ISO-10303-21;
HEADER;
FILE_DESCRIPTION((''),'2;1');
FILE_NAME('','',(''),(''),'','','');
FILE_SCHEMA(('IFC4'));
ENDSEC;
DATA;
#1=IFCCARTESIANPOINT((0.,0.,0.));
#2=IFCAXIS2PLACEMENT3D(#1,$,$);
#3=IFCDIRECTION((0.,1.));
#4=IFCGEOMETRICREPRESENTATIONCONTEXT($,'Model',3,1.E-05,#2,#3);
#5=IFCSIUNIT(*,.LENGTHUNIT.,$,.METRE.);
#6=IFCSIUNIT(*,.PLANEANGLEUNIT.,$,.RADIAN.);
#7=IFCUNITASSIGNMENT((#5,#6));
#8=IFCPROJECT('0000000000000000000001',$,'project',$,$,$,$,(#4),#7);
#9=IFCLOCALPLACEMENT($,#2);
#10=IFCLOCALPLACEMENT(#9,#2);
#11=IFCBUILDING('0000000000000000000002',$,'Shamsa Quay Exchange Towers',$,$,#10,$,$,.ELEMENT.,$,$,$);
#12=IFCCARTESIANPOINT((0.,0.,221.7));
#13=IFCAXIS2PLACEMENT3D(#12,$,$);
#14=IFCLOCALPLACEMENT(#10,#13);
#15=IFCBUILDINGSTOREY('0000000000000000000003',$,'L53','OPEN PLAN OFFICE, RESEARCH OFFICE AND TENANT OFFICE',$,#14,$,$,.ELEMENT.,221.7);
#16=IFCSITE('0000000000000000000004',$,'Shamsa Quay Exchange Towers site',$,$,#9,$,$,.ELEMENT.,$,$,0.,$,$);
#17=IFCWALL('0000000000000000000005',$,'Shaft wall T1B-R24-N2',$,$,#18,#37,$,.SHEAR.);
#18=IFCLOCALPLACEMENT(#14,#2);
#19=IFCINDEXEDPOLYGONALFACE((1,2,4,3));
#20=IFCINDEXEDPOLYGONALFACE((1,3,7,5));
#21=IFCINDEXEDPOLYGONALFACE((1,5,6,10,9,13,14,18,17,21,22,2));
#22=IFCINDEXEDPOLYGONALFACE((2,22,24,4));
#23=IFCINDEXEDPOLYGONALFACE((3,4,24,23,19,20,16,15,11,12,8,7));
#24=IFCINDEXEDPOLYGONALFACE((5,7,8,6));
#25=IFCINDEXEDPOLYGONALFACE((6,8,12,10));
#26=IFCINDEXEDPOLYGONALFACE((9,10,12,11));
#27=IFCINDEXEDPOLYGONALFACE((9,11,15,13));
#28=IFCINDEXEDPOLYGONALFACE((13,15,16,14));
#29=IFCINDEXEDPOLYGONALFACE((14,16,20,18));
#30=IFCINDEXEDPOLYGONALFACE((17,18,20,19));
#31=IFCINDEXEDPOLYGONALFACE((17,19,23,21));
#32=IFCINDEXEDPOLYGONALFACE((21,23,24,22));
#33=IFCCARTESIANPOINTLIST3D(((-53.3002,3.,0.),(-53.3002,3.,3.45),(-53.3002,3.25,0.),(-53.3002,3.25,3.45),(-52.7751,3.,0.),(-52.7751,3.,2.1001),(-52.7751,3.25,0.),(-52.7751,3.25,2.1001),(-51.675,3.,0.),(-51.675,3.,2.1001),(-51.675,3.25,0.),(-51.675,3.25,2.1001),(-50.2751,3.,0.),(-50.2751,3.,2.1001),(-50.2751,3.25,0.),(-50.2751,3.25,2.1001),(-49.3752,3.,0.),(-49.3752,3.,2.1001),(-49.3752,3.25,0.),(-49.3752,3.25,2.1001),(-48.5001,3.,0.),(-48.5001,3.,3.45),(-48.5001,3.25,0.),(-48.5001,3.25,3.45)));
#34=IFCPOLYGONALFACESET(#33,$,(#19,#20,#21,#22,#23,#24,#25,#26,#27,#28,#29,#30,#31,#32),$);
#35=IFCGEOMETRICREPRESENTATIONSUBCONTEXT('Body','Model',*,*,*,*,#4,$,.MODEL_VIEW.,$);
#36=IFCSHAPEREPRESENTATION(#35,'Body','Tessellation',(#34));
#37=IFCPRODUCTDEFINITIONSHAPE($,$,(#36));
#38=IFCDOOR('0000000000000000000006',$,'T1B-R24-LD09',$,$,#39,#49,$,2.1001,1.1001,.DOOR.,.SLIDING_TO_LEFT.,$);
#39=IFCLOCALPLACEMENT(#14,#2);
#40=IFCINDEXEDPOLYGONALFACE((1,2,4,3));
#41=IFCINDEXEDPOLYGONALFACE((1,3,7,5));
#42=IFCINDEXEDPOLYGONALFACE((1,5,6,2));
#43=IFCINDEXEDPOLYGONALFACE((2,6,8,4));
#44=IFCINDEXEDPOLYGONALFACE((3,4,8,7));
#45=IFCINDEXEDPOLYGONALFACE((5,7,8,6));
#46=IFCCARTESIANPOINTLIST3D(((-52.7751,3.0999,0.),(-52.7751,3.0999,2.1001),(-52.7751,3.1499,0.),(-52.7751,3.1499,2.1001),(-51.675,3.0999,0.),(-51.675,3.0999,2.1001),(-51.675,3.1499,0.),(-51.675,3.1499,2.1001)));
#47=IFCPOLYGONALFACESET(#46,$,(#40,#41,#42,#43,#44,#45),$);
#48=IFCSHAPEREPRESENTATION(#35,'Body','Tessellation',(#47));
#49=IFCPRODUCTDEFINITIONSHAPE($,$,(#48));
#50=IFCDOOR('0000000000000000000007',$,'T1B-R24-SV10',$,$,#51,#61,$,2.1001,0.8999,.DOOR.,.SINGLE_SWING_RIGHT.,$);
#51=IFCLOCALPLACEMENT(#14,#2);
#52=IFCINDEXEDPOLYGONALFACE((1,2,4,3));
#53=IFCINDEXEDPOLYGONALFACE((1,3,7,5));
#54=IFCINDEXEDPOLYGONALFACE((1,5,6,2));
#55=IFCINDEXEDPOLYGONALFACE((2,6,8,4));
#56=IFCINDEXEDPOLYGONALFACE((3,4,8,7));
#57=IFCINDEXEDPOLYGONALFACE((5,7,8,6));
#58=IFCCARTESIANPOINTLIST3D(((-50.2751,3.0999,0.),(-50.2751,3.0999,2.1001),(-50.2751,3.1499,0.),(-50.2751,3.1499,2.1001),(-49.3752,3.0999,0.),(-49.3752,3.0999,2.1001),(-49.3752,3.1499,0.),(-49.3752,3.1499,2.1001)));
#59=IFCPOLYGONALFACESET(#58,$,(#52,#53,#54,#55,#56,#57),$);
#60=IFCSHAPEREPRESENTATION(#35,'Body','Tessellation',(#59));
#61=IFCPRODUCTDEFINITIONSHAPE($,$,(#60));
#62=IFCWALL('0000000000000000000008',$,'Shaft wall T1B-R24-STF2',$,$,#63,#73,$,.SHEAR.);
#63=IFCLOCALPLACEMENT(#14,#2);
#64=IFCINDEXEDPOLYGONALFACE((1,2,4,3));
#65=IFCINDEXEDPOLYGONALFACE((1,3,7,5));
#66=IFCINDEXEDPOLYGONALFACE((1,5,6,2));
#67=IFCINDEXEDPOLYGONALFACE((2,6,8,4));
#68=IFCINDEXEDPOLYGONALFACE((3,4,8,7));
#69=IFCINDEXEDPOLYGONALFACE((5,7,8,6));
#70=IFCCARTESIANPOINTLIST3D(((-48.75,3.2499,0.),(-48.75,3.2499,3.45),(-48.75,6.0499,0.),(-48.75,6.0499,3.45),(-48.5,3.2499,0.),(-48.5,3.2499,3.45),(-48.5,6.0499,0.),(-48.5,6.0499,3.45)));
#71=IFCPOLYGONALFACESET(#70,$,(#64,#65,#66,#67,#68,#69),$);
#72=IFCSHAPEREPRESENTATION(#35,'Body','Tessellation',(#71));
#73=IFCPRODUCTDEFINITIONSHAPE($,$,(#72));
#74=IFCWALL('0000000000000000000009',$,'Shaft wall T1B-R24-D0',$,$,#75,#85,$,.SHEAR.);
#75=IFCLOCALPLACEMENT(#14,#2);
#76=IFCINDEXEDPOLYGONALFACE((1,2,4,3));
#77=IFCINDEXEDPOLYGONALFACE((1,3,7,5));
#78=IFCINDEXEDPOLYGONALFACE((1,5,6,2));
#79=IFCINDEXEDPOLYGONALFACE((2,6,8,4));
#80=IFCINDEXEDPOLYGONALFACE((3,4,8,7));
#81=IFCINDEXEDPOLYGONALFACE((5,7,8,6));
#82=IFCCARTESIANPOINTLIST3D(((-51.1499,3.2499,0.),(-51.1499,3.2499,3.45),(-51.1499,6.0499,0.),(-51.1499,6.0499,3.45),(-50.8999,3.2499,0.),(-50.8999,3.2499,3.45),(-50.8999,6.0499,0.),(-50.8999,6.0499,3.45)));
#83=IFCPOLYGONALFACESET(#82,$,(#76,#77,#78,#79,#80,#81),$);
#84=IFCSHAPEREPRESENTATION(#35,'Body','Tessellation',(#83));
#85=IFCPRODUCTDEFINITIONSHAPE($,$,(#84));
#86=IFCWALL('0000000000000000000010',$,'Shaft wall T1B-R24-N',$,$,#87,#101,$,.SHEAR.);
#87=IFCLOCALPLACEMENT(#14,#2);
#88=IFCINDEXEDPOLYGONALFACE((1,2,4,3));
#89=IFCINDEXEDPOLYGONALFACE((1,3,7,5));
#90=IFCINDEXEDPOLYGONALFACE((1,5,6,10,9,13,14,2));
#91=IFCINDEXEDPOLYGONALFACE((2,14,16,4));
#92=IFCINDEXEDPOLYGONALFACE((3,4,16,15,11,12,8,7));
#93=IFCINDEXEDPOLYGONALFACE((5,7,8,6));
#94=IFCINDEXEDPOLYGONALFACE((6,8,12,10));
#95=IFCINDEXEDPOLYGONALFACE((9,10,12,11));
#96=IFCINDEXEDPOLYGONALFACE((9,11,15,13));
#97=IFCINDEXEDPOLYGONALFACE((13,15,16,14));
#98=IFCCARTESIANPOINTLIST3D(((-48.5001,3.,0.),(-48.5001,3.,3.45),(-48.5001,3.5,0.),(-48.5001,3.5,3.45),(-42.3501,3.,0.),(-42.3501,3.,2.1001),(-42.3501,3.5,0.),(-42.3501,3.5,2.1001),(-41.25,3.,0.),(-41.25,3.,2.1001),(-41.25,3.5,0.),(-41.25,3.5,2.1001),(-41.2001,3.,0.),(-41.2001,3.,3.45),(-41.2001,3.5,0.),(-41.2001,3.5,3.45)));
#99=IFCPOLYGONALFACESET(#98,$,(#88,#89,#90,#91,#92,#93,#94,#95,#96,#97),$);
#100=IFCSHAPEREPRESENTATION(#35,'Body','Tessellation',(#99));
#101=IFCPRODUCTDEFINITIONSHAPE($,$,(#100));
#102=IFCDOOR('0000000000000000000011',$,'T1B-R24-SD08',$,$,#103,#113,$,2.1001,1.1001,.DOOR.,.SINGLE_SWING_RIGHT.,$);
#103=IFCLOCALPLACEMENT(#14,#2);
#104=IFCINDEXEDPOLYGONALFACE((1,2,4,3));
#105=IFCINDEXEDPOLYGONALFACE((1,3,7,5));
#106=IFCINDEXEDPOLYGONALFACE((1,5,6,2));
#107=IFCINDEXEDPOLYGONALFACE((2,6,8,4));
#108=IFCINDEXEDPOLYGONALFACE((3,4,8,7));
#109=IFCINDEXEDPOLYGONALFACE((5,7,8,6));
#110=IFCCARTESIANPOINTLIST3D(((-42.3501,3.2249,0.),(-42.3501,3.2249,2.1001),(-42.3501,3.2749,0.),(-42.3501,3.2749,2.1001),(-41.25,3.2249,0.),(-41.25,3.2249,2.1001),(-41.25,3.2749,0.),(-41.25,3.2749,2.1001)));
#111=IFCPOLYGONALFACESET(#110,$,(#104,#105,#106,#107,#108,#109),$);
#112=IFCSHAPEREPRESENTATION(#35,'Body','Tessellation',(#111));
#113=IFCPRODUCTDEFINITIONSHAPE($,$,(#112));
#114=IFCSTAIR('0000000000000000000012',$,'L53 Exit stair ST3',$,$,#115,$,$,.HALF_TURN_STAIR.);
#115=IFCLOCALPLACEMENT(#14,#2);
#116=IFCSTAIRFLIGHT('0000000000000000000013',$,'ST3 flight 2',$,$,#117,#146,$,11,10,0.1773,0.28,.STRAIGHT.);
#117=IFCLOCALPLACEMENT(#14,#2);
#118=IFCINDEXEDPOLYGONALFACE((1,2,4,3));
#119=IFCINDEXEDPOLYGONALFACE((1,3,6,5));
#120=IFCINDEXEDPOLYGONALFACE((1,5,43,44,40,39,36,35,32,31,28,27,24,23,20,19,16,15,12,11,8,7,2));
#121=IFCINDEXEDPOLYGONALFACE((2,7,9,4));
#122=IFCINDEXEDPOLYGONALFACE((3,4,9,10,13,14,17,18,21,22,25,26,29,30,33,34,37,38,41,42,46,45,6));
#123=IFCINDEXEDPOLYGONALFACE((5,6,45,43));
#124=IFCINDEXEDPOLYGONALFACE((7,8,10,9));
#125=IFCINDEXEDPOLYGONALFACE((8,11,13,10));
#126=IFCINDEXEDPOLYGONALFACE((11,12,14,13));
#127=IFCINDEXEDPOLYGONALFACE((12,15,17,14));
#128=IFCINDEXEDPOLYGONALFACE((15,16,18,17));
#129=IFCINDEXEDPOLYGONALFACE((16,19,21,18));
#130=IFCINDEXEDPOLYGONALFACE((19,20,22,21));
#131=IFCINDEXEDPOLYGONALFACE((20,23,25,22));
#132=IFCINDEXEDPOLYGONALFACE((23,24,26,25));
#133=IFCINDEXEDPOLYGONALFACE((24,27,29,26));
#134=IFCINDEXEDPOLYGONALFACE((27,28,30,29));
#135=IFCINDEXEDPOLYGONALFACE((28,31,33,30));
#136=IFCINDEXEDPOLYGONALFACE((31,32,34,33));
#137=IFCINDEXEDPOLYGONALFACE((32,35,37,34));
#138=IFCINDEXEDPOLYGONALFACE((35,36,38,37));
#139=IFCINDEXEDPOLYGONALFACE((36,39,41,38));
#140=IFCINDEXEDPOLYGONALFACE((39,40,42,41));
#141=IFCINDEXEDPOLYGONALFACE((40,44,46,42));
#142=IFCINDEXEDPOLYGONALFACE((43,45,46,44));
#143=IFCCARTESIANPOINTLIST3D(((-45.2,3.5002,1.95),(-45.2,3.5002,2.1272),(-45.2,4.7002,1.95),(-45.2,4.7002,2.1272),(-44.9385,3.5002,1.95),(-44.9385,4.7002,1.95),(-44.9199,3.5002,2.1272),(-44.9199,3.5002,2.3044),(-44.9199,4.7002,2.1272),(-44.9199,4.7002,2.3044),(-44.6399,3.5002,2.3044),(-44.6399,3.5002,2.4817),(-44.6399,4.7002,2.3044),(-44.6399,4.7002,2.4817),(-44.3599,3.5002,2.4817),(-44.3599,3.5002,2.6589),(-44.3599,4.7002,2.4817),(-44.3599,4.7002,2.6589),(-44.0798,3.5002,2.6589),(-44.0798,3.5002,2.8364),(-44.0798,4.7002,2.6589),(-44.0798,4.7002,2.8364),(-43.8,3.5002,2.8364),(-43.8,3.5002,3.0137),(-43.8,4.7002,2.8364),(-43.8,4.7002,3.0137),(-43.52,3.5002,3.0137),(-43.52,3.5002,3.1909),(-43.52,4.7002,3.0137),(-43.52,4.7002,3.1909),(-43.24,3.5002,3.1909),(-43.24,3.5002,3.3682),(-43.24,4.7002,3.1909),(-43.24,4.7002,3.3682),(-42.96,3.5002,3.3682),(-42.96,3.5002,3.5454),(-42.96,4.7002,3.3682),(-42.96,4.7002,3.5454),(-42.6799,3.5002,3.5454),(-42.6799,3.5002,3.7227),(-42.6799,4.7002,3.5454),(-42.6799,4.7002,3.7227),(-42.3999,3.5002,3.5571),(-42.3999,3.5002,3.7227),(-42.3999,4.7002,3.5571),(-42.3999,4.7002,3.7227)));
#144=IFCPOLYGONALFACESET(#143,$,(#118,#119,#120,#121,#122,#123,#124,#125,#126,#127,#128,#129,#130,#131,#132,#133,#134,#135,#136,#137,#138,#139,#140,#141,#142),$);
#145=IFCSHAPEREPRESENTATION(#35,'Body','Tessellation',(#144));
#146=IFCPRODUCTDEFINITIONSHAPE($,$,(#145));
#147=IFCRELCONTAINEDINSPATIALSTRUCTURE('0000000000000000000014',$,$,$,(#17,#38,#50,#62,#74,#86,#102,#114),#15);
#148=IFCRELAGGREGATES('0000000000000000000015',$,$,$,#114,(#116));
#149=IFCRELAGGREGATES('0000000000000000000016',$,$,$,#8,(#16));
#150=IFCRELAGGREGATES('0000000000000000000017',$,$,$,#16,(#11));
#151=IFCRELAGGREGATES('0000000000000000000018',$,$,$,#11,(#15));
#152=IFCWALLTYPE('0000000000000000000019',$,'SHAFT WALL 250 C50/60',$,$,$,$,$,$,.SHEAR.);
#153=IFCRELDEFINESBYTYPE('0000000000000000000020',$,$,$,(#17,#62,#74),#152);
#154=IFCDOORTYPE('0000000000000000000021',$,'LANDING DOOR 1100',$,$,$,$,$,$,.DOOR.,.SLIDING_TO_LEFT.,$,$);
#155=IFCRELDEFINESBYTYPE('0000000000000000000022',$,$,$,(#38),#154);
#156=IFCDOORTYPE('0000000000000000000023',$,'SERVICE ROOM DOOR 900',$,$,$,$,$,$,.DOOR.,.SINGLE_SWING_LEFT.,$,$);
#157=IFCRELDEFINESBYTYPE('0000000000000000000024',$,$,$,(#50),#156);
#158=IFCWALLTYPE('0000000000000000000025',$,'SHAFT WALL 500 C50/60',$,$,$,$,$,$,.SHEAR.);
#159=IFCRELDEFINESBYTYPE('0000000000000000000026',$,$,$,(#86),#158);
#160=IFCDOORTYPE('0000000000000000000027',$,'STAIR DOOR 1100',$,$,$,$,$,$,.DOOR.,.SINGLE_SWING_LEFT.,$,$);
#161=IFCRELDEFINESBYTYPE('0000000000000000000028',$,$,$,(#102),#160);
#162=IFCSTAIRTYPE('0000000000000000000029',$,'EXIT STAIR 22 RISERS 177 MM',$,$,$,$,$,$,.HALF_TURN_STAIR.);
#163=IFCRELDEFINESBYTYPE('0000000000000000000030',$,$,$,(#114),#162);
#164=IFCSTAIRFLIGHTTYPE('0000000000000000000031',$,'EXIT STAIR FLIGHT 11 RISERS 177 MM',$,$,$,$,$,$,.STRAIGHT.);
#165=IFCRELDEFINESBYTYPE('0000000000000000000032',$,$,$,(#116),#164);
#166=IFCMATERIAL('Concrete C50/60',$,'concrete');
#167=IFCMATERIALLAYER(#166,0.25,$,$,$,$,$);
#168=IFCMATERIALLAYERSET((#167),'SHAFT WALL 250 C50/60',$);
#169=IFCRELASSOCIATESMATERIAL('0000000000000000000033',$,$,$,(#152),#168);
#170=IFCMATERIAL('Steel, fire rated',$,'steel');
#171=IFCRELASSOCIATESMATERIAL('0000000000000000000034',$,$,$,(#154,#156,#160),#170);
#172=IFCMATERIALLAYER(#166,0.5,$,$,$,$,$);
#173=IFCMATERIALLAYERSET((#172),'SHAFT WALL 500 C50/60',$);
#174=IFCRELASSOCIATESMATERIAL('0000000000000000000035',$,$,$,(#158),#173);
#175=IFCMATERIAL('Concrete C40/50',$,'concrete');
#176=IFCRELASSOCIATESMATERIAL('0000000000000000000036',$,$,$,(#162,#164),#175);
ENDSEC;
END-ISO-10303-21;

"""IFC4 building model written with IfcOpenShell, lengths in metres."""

from ifc_helpers import new_model, si_unit, direction, frame, frame_2d, origin, place, context, subcontext, project, spatial, polyline, rectangle, outline, extrude, material, layer, layer_set, type_object, element, fill, aggregate, save


model = new_model("IFC4")

# Units and contexts
model_context = context("Model", 3, precision=1e-05, world=origin(), true_north=direction((0.0, 1.0)))
body_context = subcontext(model_context, "Body", "Model", "MODEL_VIEW")
ifc_project = project(units=[si_unit("LENGTHUNIT", "METRE"), si_unit("PLANEANGLEUNIT", "RADIAN")], contexts=[model_context])

# Site, building, storey
site_placement = place(None, origin())
site = spatial("IfcSite", under=ifc_project, at=site_placement, Name="Shamsa Quay Exchange Towers site", CompositionType="ELEMENT", RefElevation=0.0)
building_placement = place(site_placement, origin())
building = spatial("IfcBuilding", under=site, at=building_placement, Name="Shamsa Quay Exchange Towers", CompositionType="ELEMENT")
storey_placement = place(building_placement, frame((0.0, 0.0, 221.7)))
storey = spatial("IfcBuildingStorey", under=building, at=storey_placement, Name="L53", Description="OPEN PLAN OFFICE, RESEARCH OFFICE AND TENANT OFFICE", CompositionType="ELEMENT", Elevation=221.7)

# Wall, openings, doors
ifc_material_1 = material(Name="Concrete C50/60", Category="concrete")
ifc_layer_1 = layer(ifc_material_1, 0.25)
ifc_layer_set_1 = layer_set([ifc_layer_1], Name="SHAFT WALL 250 C50/60")
wall_type_1 = type_object("IfcWallType", Name="SHAFT WALL 250 C50/60", PredefinedType="SHEAR", material=ifc_layer_set_1)
wall_1_placement = place(storey_placement, frame((-53.3, 3.125, 0.0)))
wall_1 = element("IfcWall", 1, at=wall_1_placement, inside=storey, type_object=wall_type_1, Name="Shaft wall T1B-R24-N2", PredefinedType="SHEAR", context=body_context, shape_type="SweptSolid", body=[
    extrude(rectangle(XDim=4.8, YDim=0.25, at=frame_2d((2.3999, 0.0))), origin(), (0.0, 0.0, 1.0), 3.45),
])
opening_1_placement = place(wall_1_placement, frame((0.5249, 0.0, 0.0)))
opening_1 = element("IfcOpeningElement", 2, at=opening_1_placement, cuts=wall_1, PredefinedType="OPENING", context=body_context, shape_type="SweptSolid", body=[
    extrude(rectangle(XDim=1.1001, YDim=2.1001, at=frame_2d((0.55, 1.05))), frame((0.0, 0.135, 0.0), z_axis=(0.0, -1.0, 0.0), x_axis=(1.0, 0.0, 0.0)), (0.0, 0.0, 1.0), 0.27),
])
opening_2_placement = place(wall_1_placement, frame((3.0249, 0.0, 0.0)))
opening_2 = element("IfcOpeningElement", 3, at=opening_2_placement, cuts=wall_1, PredefinedType="OPENING", context=body_context, shape_type="SweptSolid", body=[
    extrude(rectangle(XDim=0.8999, YDim=2.1001, at=frame_2d((0.45, 1.05))), frame((0.0, 0.135, 0.0), z_axis=(0.0, -1.0, 0.0), x_axis=(1.0, 0.0, 0.0)), (0.0, 0.0, 1.0), 0.27),
])
ifc_material_2 = material(Name="Steel, fire rated", Category="steel")
door_type_1 = type_object("IfcDoorType", Name="LANDING DOOR 1100", OperationType="SLIDING_TO_LEFT", PredefinedType="DOOR", material=ifc_material_2)
door_1_placement = place(opening_1_placement, origin())
door_1 = element("IfcDoor", 4, at=door_1_placement, inside=storey, type_object=door_type_1, Name="T1B-R24-LD09", OperationType="SLIDING_TO_LEFT", OverallHeight=2.1001, OverallWidth=1.1001, PredefinedType="DOOR", context=body_context, shape_type="SweptSolid", body=[
    extrude(rectangle(XDim=1.1001, YDim=2.1001, at=frame_2d((0.55, 1.05))), frame((0.0, 0.0249, 0.0), z_axis=(0.0, -1.0, 0.0), x_axis=(1.0, 0.0, 0.0)), (0.0, 0.0, 1.0), 0.05),
])
fill(opening_1, door_1)
door_type_2 = type_object("IfcDoorType", Name="SERVICE ROOM DOOR 900", OperationType="SINGLE_SWING_LEFT", PredefinedType="DOOR", material=ifc_material_2)
door_2_placement = place(opening_2_placement, origin())
door_2 = element("IfcDoor", 5, at=door_2_placement, inside=storey, type_object=door_type_2, Name="T1B-R24-SV10", OperationType="SINGLE_SWING_RIGHT", OverallHeight=2.1001, OverallWidth=0.8999, PredefinedType="DOOR", context=body_context, shape_type="SweptSolid", body=[
    extrude(rectangle(XDim=0.8999, YDim=2.1001, at=frame_2d((0.45, 1.05))), frame((0.0, 0.0249, 0.0), z_axis=(0.0, -1.0, 0.0), x_axis=(1.0, 0.0, 0.0)), (0.0, 0.0, 1.0), 0.05),
])
fill(opening_2, door_2)

# Walls
for number, where, z_axis, x_axis, name in (
    (6, (-48.625, 3.25, 0.0), (0.0, 0.0, 1.0), (0.0, 1.0, 0.0), "Shaft wall T1B-R24-STF2"),
    (7, (-51.0249, 3.25, 0.0), (0.0, 0.0, 1.0), (0.0, 1.0, 0.0), "Shaft wall T1B-R24-D0"),
):
    element("IfcWall", number, at=place(storey_placement, frame(where, z_axis=z_axis, x_axis=x_axis)), inside=storey, type_object=wall_type_1, Name=name, PredefinedType="SHEAR", context=body_context, shape_type="SweptSolid", body=[
        extrude(rectangle(XDim=2.8, YDim=0.25, at=frame_2d((1.3999, 0.0))), origin(), (0.0, 0.0, 1.0), 3.45),
    ])

# Wall, opening, door
ifc_layer_2 = layer(ifc_material_1, 0.5)
ifc_layer_set_2 = layer_set([ifc_layer_2], Name="SHAFT WALL 500 C50/60")
wall_type_2 = type_object("IfcWallType", Name="SHAFT WALL 500 C50/60", PredefinedType="SHEAR", material=ifc_layer_set_2)
wall_2_placement = place(storey_placement, frame((-48.5, 3.25, 0.0)))
wall_2 = element("IfcWall", 8, at=wall_2_placement, inside=storey, type_object=wall_type_2, Name="Shaft wall T1B-R24-N", PredefinedType="SHEAR", context=body_context, shape_type="SweptSolid", body=[
    extrude(rectangle(XDim=7.3, YDim=0.5, at=frame_2d((3.6499, 0.0))), origin(), (0.0, 0.0, 1.0), 3.45),
])
opening_3_placement = place(wall_2_placement, frame((6.1499, 0.0, 0.0)))
opening_3 = element("IfcOpeningElement", 9, at=opening_3_placement, cuts=wall_2, PredefinedType="OPENING", context=body_context, shape_type="SweptSolid", body=[
    extrude(rectangle(XDim=1.1001, YDim=2.1001, at=frame_2d((0.55, 1.05))), frame((0.0, 0.26, 0.0), z_axis=(0.0, -1.0, 0.0), x_axis=(1.0, 0.0, 0.0)), (0.0, 0.0, 1.0), 0.52),
])
door_type_3 = type_object("IfcDoorType", Name="STAIR DOOR 1100", OperationType="SINGLE_SWING_LEFT", PredefinedType="DOOR", material=ifc_material_2)
door_3_placement = place(opening_3_placement, origin())
door_3 = element("IfcDoor", 10, at=door_3_placement, inside=storey, type_object=door_type_3, Name="T1B-R24-SD08", OperationType="SINGLE_SWING_RIGHT", OverallHeight=2.1001, OverallWidth=1.1001, PredefinedType="DOOR", context=body_context, shape_type="SweptSolid", body=[
    extrude(rectangle(XDim=1.1001, YDim=2.1001, at=frame_2d((0.55, 1.05))), frame((0.0, 0.0249, 0.0), z_axis=(0.0, -1.0, 0.0), x_axis=(1.0, 0.0, 0.0)), (0.0, 0.0, 1.0), 0.05),
])
fill(opening_3, door_3)

# Stair, stair flight
ifc_material_3 = material(Name="Concrete C40/50", Category="concrete")
stair_type = type_object("IfcStairType", Name="EXIT STAIR 22 RISERS 177 MM", PredefinedType="HALF_TURN_STAIR", material=ifc_material_3)
stair_placement = place(storey_placement, origin())
stair = element("IfcStair", 11, at=stair_placement, inside=storey, type_object=stair_type, Name="L53 Exit stair ST3", PredefinedType="HALF_TURN_STAIR")
stair_flight_type = type_object("IfcStairFlightType", Name="EXIT STAIR FLIGHT 11 RISERS 177 MM", PredefinedType="STRAIGHT", material=ifc_material_3)
stair_flight_placement = place(storey_placement, frame((-45.2, 4.1001, 1.95)))
stair_flight = element("IfcStairFlight", 12, at=stair_flight_placement, type_object=stair_flight_type, Name="ST3 flight 2", NumberOfRisers=11, NumberOfTreads=10, PredefinedType="STRAIGHT", RiserHeight=0.1773, TreadLength=0.28, context=body_context, shape_type="SweptSolid", body=[
    extrude(outline(polyline([(0.0, 0.0), (0.0, 0.1772), (0.28, 0.1772), (0.28, 0.3545), (0.5601, 0.3545), (0.5601, 0.5317), (0.8401, 0.5317), (0.8401, 0.709), (1.1201, 0.709), (1.1201, 0.8865), (1.3999, 0.8865), (1.3999, 1.0637), (1.6799, 1.0637), (1.6799, 1.241), (1.96, 1.241), (1.96, 1.4182), (2.24, 1.4182), (2.24, 1.5955), (2.52, 1.5955), (2.52, 1.7727), (2.8, 1.7727), (2.8, 1.95), (2.8, 1.6072), (0.2615, 0.0), (0.0, 0.0)])), frame((0.0, 0.6001, 0.0), z_axis=(0.0, -1.0, 0.0), x_axis=(1.0, 0.0, 0.0)), (0.0, 0.0, 1.0), 1.2),
])
aggregate(stair, [stair_flight])

save(model, "model.ifc")
